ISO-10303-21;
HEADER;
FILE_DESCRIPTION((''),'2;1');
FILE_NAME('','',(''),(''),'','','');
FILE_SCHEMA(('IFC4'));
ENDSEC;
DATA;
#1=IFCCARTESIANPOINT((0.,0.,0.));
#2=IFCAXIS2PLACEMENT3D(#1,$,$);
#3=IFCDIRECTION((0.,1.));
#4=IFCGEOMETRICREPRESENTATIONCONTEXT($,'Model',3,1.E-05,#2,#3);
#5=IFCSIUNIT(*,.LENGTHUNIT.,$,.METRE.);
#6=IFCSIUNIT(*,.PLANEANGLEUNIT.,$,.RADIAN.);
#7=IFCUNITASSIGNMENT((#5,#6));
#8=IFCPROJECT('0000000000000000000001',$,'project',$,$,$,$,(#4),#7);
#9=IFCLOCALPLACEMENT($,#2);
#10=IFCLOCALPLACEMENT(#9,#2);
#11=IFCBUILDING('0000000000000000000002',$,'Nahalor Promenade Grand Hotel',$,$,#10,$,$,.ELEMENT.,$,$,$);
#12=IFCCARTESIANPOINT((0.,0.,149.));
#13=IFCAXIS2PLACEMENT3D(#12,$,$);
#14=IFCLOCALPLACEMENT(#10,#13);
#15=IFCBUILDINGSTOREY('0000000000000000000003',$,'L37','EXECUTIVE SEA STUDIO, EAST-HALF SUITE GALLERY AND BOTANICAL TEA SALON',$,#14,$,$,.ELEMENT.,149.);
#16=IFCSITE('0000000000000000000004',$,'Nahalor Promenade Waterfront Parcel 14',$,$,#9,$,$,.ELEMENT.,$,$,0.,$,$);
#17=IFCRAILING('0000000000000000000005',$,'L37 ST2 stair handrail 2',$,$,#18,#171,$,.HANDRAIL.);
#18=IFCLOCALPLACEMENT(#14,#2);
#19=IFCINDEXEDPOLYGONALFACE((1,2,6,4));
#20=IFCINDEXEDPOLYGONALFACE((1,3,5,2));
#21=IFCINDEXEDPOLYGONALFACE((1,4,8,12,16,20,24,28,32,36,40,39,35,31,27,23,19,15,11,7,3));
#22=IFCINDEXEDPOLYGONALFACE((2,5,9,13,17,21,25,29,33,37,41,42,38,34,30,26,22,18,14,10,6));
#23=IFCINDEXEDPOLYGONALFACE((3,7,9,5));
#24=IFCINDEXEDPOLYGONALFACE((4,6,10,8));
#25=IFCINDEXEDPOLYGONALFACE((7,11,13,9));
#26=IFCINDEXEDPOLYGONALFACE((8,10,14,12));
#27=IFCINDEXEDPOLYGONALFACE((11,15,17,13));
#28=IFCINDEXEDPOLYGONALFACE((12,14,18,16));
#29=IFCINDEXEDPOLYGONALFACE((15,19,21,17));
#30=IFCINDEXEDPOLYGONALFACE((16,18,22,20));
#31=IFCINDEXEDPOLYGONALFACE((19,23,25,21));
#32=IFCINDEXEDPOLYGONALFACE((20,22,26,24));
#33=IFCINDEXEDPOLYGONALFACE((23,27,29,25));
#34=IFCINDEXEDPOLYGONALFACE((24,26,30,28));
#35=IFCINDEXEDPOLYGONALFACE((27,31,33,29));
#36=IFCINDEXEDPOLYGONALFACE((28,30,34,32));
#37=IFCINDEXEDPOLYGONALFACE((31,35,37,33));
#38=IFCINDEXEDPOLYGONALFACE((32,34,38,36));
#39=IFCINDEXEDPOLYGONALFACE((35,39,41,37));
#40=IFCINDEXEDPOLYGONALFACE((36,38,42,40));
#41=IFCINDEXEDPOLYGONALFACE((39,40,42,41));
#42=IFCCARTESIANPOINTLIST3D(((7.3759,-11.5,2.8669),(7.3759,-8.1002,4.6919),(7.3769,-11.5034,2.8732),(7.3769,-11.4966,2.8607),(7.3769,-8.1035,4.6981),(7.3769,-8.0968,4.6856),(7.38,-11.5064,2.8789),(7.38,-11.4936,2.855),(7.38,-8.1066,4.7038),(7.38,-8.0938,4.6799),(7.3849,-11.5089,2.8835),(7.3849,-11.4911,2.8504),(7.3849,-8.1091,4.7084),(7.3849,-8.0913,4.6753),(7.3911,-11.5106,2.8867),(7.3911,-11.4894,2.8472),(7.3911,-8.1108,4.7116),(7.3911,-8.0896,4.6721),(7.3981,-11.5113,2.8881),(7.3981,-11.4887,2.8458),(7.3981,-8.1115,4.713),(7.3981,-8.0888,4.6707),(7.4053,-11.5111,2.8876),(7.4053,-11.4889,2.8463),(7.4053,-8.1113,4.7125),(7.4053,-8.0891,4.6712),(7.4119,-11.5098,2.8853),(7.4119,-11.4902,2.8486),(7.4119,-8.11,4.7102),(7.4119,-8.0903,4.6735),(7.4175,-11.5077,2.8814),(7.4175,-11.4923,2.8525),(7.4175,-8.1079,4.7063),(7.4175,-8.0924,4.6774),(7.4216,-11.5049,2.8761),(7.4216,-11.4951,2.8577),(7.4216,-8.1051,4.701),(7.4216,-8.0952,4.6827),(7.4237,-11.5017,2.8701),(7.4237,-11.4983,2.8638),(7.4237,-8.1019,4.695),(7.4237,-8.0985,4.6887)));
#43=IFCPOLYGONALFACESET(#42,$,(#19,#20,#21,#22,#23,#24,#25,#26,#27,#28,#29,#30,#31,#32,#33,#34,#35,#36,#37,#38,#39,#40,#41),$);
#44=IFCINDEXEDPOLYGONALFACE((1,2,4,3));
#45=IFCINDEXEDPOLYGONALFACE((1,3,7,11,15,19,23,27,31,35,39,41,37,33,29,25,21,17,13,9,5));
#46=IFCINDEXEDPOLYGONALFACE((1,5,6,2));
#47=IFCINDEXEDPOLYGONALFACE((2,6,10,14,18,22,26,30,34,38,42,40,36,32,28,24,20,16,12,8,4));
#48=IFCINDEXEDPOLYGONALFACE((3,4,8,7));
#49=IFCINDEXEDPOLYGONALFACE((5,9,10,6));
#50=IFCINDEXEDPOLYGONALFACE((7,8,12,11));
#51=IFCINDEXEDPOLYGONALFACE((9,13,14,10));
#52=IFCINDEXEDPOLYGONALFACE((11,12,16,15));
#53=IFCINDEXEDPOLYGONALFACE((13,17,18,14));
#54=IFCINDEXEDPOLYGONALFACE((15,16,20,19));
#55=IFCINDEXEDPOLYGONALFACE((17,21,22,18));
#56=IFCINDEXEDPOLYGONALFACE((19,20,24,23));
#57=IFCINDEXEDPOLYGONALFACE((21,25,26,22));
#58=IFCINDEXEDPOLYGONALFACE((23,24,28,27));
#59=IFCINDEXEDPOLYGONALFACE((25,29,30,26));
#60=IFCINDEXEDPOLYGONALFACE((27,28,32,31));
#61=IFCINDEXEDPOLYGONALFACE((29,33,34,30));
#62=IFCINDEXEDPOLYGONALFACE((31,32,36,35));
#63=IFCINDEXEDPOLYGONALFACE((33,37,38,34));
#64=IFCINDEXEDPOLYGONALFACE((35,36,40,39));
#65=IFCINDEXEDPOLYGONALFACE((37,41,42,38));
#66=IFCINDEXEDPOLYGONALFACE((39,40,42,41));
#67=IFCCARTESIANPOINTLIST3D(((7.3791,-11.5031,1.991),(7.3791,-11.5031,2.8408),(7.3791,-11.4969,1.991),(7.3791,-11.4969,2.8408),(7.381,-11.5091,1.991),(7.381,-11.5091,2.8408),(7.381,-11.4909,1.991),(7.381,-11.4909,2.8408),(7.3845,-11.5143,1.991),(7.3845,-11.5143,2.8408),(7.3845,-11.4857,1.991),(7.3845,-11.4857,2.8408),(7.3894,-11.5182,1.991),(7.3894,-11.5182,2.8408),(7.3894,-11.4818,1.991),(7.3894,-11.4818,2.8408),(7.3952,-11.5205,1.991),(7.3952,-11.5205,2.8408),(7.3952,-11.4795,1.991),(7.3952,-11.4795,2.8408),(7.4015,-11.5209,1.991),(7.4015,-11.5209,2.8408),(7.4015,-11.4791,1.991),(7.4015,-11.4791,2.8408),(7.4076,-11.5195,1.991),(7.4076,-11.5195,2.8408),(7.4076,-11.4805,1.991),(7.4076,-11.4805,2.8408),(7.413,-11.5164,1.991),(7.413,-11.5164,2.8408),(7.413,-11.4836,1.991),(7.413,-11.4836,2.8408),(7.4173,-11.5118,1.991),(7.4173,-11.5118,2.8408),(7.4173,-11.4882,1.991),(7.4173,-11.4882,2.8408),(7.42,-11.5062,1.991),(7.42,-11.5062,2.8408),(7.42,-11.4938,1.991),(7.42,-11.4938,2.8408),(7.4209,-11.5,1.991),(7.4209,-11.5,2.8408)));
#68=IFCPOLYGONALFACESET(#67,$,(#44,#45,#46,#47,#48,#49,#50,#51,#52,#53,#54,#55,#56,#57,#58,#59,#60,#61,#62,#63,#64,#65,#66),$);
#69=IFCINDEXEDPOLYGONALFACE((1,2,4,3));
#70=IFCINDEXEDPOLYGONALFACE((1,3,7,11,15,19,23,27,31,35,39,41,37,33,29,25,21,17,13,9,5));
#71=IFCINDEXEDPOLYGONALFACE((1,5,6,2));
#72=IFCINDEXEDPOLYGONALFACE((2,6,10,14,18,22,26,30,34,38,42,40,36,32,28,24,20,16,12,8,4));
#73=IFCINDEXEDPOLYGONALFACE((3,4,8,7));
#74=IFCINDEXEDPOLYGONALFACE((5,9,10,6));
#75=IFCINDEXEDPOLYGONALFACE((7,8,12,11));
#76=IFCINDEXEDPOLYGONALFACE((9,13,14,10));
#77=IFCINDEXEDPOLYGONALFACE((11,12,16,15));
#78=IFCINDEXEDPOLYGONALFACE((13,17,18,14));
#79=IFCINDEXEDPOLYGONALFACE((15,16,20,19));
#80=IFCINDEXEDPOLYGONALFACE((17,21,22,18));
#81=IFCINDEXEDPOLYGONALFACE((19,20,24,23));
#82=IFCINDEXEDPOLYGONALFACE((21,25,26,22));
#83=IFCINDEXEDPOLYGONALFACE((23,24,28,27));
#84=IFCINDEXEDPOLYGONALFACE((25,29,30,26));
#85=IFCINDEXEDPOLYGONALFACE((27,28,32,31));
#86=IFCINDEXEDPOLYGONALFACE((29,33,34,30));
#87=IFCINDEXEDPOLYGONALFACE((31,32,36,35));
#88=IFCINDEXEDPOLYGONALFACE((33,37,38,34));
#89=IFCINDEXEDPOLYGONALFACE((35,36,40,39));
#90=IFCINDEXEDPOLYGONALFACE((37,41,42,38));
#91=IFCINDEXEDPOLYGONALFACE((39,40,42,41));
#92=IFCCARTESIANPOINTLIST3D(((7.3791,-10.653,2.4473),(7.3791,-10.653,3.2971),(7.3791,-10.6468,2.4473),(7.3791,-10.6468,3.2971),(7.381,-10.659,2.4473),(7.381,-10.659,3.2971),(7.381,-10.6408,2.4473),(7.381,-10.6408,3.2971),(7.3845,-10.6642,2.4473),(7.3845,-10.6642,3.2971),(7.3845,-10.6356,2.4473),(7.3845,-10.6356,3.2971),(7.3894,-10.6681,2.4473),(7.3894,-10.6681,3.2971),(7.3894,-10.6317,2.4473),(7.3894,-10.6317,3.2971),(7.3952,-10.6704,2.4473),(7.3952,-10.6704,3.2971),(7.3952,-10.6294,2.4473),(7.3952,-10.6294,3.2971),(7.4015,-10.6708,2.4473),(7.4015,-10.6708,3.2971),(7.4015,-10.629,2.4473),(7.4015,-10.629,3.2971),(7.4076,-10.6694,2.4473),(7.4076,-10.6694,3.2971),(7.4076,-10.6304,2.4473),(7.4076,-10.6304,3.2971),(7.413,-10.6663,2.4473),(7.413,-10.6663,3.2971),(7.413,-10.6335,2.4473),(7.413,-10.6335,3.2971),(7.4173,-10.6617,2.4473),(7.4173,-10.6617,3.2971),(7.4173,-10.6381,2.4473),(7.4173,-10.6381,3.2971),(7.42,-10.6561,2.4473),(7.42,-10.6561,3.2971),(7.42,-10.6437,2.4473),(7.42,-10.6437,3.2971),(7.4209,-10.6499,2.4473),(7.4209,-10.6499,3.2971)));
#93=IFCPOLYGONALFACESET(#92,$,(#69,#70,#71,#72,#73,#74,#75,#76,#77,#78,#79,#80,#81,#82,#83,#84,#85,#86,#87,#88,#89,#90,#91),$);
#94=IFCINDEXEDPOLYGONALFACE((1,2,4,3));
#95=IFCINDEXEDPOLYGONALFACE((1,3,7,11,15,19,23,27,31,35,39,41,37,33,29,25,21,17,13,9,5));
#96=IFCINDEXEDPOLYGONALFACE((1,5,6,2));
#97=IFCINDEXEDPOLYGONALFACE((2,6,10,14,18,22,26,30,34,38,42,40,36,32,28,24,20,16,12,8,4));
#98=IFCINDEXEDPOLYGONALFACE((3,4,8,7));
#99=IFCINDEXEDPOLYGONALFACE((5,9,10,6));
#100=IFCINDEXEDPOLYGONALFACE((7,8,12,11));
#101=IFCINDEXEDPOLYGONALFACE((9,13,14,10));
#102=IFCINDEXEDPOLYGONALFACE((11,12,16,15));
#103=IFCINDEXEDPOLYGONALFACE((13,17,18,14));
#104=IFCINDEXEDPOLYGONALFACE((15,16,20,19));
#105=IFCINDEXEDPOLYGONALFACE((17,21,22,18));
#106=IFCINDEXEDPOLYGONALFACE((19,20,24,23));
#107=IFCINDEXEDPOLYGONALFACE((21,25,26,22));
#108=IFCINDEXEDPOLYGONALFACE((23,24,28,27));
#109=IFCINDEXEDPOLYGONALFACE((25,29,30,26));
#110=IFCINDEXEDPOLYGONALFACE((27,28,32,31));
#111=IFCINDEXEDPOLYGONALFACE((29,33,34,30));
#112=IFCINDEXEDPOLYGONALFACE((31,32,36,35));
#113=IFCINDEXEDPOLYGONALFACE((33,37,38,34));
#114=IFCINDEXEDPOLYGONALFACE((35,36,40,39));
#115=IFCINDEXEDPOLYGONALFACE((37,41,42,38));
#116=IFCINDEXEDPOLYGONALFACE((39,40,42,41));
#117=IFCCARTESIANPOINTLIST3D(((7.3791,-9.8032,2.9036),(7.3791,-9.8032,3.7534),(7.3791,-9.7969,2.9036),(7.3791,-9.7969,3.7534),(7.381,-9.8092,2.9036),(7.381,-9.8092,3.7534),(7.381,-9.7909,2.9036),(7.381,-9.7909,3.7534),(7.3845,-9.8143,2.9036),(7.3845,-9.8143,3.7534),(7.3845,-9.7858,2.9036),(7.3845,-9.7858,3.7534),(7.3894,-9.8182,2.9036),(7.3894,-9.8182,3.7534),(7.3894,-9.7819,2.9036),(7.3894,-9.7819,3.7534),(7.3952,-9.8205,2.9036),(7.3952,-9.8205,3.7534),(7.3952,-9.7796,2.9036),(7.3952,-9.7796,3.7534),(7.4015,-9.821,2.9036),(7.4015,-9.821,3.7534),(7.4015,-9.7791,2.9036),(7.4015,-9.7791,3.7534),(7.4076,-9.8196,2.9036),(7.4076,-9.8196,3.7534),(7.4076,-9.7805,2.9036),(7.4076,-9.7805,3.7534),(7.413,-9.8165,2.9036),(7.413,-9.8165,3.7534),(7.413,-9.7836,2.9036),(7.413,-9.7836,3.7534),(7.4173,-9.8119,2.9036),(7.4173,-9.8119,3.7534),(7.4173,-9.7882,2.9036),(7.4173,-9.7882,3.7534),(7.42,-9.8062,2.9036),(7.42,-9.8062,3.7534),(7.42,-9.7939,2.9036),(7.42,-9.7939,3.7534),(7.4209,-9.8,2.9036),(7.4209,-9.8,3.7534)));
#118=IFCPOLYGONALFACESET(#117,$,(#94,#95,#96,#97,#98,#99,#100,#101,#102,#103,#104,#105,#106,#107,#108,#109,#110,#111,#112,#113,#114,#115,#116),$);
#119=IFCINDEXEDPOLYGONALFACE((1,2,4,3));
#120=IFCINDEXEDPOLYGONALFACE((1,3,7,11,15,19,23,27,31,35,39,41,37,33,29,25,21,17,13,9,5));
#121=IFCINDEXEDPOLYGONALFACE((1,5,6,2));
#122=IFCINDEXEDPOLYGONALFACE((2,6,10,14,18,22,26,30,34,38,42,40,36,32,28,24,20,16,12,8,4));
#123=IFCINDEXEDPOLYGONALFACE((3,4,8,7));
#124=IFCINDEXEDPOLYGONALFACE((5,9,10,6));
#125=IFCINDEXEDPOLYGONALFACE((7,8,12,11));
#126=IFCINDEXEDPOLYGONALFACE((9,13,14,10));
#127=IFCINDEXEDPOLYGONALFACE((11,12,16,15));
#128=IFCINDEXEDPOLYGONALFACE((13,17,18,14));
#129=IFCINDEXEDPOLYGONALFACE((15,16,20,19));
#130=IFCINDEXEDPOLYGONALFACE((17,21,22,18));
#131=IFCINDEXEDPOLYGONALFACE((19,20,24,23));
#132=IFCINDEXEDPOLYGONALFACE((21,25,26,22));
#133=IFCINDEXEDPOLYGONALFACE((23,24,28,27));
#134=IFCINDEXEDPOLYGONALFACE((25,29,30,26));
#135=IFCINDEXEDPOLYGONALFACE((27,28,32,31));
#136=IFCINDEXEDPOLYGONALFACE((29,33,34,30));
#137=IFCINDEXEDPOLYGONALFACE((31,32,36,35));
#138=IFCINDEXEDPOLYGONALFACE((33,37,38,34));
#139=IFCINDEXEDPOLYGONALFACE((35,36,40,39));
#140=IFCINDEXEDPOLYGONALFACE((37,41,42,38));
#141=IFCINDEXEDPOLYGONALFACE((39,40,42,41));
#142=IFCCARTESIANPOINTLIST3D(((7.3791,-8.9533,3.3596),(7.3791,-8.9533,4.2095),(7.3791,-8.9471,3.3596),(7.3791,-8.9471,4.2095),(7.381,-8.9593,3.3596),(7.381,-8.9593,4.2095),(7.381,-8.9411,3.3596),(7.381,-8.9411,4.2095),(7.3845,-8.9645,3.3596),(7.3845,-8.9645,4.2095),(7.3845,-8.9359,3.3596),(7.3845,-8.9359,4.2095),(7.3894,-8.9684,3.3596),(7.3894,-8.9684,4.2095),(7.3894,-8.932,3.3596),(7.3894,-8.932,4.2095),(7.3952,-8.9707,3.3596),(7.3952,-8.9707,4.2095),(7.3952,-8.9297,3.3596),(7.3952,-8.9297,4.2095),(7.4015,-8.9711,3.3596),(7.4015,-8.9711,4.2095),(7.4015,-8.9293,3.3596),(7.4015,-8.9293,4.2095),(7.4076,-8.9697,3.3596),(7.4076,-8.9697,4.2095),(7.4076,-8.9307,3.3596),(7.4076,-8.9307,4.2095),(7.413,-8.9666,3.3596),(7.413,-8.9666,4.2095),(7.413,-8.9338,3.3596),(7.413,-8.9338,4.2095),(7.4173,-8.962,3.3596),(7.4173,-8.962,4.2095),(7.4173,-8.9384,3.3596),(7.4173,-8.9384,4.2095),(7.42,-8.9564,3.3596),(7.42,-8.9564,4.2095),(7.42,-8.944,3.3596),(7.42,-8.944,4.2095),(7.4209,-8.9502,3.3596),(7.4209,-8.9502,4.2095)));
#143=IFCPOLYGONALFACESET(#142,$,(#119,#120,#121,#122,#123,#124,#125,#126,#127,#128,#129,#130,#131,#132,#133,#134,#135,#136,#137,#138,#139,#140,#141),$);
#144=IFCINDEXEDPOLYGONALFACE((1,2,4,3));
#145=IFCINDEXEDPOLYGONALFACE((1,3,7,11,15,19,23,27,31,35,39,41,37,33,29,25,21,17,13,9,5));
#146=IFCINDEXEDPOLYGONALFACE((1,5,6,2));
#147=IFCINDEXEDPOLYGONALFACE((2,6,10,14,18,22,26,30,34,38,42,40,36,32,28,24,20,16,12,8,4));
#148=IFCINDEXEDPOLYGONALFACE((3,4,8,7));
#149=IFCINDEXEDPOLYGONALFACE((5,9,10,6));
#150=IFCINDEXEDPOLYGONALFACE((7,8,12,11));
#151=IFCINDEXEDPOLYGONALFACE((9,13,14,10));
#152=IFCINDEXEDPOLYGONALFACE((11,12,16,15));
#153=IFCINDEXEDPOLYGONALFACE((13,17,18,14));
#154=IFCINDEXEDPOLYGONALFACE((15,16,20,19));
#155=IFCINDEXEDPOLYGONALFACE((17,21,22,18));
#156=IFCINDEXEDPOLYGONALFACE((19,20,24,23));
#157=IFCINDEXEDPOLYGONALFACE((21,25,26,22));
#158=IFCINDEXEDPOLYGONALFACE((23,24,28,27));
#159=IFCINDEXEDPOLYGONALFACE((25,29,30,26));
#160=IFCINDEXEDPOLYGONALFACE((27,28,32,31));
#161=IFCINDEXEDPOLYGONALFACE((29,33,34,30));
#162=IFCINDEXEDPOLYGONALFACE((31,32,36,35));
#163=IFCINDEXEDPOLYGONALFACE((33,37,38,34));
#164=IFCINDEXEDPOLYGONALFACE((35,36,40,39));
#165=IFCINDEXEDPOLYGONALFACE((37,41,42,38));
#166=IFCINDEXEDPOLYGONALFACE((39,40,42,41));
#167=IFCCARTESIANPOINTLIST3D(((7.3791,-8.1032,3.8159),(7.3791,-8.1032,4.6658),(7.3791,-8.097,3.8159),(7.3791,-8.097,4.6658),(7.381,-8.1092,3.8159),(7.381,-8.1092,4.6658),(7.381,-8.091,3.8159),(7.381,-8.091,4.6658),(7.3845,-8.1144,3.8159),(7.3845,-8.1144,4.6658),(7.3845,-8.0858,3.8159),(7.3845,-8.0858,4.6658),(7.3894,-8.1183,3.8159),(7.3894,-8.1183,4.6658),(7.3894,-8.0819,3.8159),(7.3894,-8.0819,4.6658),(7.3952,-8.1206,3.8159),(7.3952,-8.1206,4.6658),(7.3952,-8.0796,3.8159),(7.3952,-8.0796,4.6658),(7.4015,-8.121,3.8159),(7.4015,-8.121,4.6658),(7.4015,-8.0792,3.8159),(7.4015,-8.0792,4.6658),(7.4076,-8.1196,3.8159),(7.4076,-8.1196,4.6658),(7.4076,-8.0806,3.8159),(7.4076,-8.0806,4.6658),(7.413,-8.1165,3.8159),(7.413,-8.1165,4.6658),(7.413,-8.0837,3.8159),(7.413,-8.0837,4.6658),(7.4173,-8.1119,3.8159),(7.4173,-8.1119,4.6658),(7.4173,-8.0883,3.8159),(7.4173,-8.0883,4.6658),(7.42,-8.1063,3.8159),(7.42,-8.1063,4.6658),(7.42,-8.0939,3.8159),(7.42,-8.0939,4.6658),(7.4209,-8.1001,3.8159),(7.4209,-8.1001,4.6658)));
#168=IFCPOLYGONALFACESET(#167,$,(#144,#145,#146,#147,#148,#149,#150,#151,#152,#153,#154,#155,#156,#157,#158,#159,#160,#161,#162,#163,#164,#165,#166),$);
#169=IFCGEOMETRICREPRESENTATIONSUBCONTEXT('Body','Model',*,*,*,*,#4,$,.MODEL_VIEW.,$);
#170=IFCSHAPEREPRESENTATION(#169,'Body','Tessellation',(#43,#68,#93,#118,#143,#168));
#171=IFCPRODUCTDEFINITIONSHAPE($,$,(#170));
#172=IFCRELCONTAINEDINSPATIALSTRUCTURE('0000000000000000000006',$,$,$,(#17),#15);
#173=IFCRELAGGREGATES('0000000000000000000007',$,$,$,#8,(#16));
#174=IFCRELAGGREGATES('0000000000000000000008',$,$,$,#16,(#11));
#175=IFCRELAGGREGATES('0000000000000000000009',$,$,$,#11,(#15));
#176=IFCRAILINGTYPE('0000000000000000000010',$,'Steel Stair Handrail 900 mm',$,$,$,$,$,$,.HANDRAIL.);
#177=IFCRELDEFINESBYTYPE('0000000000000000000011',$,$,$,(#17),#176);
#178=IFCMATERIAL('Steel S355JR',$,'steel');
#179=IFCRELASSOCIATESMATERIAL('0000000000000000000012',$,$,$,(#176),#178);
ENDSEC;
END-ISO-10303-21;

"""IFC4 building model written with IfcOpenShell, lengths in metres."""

from ifc_helpers import new_model, si_unit, direction, frame, origin, origin_2d, place, context, subcontext, project, spatial, circle, extrude, material, type_object, element, save


model = new_model("IFC4")

# Units and contexts
model_context = context("Model", 3, precision=1e-05, world=origin(), true_north=direction((0.0, 1.0)))
body_context = subcontext(model_context, "Body", "Model", "MODEL_VIEW")
ifc_project = project(units=[si_unit("LENGTHUNIT", "METRE"), si_unit("PLANEANGLEUNIT", "RADIAN")], contexts=[model_context])

# Site, building, storey
site_placement = place(None, origin())
site = spatial("IfcSite", under=ifc_project, at=site_placement, Name="Nahalor Promenade Waterfront Parcel 14", CompositionType="ELEMENT", RefElevation=0.0)
building_placement = place(site_placement, origin())
building = spatial("IfcBuilding", under=site, at=building_placement, Name="Nahalor Promenade Grand Hotel", CompositionType="ELEMENT")
storey_placement = place(building_placement, frame((0.0, 0.0, 149.0)))
storey = spatial("IfcBuildingStorey", under=building, at=storey_placement, Name="L37", Description="EXECUTIVE SEA STUDIO, EAST-HALF SUITE GALLERY AND BOTANICAL TEA SALON", CompositionType="ELEMENT", Elevation=149.0)

# Shared definitions
ifc_material_1 = material(Name="Steel S355JR", Category="steel")

# Railing
railing_type_1 = type_object("IfcRailingType", Name="Steel Stair Handrail 900 mm", PredefinedType="HANDRAIL", material=ifc_material_1)
railing_1_placement = place(storey_placement, frame((7.3999, -11.5, 1.991)))
element("IfcRailing", 1, at=railing_1_placement, inside=storey, type_object=railing_type_1, Name="L37 ST2 stair handrail 2", PredefinedType="HANDRAIL", context=body_context, shape_type="SweptSolid", body=[
    extrude(circle(Radius=0.024, at=origin_2d()), frame((0.0, 0.0, 0.876), z_axis=(0.0, 0.881094, 0.472941), x_axis=(-1.0, 0.0, 0.0)), (0.0, 0.0, 1.0), 3.8586),
    extrude(circle(Radius=0.021, at=origin_2d()), origin(), (0.0, 0.0, 1.0), 0.8499),
    extrude(circle(Radius=0.021, at=origin_2d()), frame((0.0, 0.8501, 0.4563)), (0.0, 0.0, 1.0), 0.8499),
    extrude(circle(Radius=0.021, at=origin_2d()), frame((0.0, 1.7, 0.9126)), (0.0, 0.0, 1.0), 0.8499),
    extrude(circle(Radius=0.021, at=origin_2d()), frame((0.0, 2.5498, 1.3687)), (0.0, 0.0, 1.0), 0.8499),
    extrude(circle(Radius=0.021, at=origin_2d()), frame((0.0, 3.3999, 1.825)), (0.0, 0.0, 1.0), 0.8499),
])

save(model, "model.ifc")
